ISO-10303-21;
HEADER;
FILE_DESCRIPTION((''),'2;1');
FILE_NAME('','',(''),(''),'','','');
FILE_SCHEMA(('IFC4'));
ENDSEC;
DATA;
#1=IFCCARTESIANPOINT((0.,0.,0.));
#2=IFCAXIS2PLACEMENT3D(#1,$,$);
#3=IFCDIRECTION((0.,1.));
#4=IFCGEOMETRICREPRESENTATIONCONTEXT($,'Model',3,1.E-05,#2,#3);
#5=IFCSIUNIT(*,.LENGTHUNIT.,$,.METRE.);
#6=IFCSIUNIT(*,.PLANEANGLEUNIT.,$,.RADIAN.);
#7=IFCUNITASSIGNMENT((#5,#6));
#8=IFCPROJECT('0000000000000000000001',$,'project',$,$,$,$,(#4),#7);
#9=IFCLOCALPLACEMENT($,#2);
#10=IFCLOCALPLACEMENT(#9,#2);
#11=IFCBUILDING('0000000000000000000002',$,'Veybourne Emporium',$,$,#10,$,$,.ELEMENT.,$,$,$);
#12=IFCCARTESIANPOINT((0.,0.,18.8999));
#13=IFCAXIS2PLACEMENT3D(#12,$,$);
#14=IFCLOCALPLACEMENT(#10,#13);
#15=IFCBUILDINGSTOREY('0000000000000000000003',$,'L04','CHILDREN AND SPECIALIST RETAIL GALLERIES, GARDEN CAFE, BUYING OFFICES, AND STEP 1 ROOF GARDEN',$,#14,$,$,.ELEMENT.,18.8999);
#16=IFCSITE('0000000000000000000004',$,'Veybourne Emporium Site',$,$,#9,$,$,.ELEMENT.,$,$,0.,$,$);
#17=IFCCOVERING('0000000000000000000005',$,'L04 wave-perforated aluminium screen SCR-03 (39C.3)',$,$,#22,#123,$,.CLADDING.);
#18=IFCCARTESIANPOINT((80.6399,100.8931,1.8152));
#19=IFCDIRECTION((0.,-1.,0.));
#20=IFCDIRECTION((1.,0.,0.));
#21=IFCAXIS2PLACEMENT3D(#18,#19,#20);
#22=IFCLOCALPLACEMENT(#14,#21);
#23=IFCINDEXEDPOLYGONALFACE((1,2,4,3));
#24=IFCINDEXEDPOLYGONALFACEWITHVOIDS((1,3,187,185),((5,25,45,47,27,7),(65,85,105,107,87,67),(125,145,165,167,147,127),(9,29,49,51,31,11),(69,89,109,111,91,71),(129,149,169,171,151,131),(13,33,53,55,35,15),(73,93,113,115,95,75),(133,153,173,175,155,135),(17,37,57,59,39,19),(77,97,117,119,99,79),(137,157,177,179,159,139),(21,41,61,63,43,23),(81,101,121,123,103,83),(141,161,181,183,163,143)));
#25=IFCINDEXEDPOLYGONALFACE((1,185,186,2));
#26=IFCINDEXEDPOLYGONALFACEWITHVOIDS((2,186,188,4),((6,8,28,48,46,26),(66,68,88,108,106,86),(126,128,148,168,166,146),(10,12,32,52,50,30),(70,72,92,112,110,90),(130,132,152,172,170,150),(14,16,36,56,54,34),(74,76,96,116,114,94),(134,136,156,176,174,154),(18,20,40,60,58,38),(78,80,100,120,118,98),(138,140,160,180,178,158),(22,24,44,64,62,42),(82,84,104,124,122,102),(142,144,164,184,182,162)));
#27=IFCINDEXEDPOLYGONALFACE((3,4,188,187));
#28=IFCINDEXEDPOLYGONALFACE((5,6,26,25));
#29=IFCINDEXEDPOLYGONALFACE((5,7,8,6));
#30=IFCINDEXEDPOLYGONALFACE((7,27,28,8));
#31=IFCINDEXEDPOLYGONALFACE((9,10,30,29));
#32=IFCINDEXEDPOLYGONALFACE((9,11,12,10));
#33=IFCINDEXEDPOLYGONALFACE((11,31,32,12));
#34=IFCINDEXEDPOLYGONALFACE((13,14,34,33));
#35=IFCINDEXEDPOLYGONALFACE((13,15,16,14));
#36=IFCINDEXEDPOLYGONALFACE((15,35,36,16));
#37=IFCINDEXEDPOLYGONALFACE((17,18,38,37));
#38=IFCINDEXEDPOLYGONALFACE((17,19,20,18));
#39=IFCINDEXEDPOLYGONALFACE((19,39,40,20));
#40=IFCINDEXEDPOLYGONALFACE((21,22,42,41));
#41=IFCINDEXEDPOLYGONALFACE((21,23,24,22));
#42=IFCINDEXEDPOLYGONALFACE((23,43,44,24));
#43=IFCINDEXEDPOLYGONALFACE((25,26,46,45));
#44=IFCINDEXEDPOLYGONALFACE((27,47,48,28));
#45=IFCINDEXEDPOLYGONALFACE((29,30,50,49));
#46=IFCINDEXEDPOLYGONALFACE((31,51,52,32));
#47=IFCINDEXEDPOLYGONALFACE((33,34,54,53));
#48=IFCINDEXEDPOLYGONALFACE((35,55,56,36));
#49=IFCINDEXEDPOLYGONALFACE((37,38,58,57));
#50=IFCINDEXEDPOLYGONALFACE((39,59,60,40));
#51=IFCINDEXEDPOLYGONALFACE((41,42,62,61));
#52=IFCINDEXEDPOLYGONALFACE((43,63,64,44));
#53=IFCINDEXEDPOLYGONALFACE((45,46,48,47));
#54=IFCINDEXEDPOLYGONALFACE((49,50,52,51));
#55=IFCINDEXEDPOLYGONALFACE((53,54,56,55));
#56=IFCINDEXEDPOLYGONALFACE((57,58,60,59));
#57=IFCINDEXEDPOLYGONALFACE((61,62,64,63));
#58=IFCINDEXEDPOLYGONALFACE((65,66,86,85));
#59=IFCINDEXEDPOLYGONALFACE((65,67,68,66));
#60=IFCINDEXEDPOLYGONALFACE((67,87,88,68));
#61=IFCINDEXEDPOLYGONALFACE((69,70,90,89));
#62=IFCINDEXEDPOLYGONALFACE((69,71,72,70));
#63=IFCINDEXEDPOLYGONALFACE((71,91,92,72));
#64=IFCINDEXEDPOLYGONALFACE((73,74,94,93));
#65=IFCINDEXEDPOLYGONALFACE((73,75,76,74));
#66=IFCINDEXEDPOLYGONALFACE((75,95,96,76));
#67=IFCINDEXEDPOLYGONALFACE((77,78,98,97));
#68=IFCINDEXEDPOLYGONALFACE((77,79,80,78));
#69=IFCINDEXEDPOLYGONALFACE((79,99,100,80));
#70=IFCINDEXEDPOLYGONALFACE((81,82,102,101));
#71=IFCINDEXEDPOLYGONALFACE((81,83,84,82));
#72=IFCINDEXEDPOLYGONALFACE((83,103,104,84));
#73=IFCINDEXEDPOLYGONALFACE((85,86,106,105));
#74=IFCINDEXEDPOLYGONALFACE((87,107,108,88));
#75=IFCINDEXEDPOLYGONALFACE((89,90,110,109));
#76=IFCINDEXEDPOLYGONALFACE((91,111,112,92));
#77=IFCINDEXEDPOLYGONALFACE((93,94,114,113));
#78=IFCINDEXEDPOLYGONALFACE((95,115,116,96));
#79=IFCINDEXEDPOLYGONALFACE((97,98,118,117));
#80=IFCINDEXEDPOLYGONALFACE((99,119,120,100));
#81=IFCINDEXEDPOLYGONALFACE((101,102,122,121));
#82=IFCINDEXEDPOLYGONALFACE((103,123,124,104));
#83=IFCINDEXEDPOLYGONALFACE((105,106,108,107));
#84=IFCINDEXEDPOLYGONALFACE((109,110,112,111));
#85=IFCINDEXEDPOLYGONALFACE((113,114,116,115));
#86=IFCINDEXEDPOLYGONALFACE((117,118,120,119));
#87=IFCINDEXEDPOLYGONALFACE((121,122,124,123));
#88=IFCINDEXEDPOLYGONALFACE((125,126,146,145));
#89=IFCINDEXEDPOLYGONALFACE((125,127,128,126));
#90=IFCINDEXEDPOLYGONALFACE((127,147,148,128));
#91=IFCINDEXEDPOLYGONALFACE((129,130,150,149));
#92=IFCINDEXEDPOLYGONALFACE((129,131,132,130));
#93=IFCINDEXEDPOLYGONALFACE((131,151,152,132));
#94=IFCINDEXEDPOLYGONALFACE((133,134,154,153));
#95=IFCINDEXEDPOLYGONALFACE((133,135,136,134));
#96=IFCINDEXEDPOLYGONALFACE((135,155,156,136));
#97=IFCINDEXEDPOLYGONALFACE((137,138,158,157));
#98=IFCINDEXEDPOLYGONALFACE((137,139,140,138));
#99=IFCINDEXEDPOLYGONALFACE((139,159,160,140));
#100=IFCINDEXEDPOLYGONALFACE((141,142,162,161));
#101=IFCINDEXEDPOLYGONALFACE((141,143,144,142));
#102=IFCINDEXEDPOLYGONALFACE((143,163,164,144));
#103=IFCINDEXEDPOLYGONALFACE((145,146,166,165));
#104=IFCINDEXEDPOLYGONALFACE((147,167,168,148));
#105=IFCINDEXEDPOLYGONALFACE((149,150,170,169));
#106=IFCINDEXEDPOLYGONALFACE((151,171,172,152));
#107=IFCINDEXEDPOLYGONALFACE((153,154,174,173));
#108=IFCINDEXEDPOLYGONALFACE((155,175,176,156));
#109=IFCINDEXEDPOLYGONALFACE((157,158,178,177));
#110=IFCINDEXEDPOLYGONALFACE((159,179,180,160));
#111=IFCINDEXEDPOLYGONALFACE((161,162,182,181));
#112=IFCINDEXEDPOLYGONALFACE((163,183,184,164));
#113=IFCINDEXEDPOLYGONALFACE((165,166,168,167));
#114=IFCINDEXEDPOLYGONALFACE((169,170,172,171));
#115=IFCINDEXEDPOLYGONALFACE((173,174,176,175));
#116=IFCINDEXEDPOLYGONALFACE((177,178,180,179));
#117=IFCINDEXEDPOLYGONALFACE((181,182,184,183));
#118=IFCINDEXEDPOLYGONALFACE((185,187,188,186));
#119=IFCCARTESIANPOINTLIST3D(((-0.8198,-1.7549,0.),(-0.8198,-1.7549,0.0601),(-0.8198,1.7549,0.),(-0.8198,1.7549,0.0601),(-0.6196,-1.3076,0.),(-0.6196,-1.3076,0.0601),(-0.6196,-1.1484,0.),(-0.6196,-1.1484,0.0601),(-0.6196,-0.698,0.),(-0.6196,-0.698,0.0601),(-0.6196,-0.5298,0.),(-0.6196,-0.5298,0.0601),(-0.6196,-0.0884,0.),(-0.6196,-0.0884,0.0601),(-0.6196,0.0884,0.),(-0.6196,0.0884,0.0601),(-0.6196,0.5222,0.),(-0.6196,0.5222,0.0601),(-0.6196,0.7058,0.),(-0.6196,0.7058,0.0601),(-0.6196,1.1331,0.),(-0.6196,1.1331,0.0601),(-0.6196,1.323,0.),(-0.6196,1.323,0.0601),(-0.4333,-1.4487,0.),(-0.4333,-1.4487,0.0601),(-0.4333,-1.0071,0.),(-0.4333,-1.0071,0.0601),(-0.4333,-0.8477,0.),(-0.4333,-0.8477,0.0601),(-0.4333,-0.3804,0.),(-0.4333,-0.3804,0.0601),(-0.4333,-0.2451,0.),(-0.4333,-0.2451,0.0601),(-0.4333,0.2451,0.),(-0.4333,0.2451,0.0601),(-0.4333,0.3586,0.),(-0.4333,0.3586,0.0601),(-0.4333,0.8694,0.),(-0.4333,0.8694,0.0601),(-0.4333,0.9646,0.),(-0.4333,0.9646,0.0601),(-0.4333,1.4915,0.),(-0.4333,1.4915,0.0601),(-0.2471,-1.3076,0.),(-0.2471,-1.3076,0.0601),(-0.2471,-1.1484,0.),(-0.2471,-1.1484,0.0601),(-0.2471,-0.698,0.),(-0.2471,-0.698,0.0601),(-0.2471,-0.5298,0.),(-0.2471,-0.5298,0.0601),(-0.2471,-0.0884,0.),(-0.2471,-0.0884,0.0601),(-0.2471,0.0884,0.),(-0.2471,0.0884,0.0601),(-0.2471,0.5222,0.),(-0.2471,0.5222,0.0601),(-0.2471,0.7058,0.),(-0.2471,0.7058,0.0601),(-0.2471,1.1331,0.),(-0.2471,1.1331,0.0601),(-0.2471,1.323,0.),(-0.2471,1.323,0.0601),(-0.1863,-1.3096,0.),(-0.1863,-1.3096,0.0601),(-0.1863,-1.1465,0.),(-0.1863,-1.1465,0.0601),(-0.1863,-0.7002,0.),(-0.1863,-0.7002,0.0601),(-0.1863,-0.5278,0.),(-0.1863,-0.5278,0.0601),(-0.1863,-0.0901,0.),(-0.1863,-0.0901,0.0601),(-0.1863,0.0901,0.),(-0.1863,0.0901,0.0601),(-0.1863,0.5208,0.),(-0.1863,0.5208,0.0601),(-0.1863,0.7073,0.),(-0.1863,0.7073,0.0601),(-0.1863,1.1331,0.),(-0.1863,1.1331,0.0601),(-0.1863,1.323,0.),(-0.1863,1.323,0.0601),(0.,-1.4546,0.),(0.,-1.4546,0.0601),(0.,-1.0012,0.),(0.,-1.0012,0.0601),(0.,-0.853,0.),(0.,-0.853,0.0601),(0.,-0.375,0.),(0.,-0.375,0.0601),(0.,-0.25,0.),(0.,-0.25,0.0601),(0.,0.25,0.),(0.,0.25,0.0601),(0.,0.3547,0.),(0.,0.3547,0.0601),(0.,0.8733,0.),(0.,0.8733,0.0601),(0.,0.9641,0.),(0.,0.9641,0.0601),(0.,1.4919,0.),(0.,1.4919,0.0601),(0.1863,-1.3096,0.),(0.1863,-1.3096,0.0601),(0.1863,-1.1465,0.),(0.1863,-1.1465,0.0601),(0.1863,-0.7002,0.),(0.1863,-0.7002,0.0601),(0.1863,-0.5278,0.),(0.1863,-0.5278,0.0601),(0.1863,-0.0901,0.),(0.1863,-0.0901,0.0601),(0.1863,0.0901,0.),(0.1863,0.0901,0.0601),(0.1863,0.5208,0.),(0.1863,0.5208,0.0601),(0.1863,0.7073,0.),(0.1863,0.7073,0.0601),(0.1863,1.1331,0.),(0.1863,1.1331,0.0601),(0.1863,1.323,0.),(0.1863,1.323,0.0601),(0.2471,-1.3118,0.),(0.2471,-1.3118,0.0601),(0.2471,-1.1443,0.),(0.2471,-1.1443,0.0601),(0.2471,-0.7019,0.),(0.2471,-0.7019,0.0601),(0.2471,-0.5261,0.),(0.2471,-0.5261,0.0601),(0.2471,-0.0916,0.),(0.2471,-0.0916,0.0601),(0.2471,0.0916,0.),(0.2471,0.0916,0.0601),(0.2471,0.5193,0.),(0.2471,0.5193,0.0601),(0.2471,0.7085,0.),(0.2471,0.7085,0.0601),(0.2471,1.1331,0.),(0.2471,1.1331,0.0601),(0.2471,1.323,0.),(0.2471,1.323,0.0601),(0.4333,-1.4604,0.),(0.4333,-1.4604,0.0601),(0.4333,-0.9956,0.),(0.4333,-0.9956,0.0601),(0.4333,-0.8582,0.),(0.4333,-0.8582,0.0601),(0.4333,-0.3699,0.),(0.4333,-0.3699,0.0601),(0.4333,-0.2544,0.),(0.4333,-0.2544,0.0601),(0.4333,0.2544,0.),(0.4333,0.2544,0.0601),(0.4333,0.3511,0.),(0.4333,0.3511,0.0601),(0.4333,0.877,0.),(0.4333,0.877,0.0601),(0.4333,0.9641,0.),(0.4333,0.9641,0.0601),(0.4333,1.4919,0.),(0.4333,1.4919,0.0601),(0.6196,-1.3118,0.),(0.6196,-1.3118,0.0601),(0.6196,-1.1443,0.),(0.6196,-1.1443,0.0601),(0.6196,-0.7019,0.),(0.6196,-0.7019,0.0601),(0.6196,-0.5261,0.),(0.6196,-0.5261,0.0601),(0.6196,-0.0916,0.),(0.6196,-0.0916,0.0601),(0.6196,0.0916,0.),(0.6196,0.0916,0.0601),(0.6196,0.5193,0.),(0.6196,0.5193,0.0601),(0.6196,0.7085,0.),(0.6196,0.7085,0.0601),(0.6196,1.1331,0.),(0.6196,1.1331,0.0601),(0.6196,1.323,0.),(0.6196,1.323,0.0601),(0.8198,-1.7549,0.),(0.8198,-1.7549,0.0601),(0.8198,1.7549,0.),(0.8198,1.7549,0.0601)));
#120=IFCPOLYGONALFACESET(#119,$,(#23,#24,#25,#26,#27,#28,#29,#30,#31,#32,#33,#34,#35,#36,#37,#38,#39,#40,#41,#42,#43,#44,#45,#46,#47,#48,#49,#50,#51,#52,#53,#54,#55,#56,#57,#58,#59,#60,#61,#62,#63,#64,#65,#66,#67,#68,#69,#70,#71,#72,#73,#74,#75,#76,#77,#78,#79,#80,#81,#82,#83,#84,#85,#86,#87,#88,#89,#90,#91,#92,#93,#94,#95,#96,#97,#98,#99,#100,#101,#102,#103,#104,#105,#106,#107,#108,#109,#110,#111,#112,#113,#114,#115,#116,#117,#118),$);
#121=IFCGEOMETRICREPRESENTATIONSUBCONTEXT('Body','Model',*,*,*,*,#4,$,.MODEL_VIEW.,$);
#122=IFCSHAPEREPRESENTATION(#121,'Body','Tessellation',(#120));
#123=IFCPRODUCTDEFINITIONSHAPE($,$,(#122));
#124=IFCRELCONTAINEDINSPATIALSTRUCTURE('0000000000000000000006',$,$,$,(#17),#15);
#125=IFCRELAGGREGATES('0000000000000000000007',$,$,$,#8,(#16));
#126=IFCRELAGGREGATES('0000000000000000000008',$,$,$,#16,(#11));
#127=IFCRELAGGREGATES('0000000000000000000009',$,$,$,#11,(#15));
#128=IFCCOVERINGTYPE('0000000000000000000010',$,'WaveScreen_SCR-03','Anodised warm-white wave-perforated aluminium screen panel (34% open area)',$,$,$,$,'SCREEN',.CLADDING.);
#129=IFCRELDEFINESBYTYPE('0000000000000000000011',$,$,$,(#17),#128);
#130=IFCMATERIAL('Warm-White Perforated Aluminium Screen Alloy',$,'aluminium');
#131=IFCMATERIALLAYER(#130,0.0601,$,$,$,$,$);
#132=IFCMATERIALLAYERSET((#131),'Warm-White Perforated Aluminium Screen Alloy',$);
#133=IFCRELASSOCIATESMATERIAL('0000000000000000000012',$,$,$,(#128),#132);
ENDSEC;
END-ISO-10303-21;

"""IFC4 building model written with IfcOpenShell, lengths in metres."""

from ifc_helpers import new_model, si_unit, direction, frame, origin, place, context, subcontext, project, spatial, polyline, outline, extrude, material, layer, layer_set, type_object, element, save


model = new_model("IFC4")

# Units and contexts
model_context = context("Model", 3, precision=1e-05, world=origin(), true_north=direction((0.0, 1.0)))
body_context = subcontext(model_context, "Body", "Model", "MODEL_VIEW")
ifc_project = project(units=[si_unit("LENGTHUNIT", "METRE"), si_unit("PLANEANGLEUNIT", "RADIAN")], contexts=[model_context])

# Site, building, storey
site_placement = place(None, origin())
site = spatial("IfcSite", under=ifc_project, at=site_placement, Name="Veybourne Emporium Site", CompositionType="ELEMENT", RefElevation=0.0)
building_placement = place(site_placement, origin())
building = spatial("IfcBuilding", under=site, at=building_placement, Name="Veybourne Emporium", CompositionType="ELEMENT")
storey_placement = place(building_placement, frame((0.0, 0.0, 18.8999)))
storey = spatial("IfcBuildingStorey", under=building, at=storey_placement, Name="L04", Description="CHILDREN AND SPECIALIST RETAIL GALLERIES, GARDEN CAFE, BUYING OFFICES, AND STEP 1 ROOF GARDEN", CompositionType="ELEMENT", Elevation=18.8999)

# Covering
ifc_material_1 = material(Name="Warm-White Perforated Aluminium Screen Alloy", Category="aluminium")
ifc_layer_1 = layer(ifc_material_1, 0.0601)
ifc_layer_set_1 = layer_set([ifc_layer_1], Name="Warm-White Perforated Aluminium Screen Alloy")
covering_type_1 = type_object("IfcCoveringType", Name="WaveScreen_SCR-03", Description="Anodised warm-white wave-perforated aluminium screen panel (34% open area)", ElementType="SCREEN", PredefinedType="CLADDING", material=ifc_layer_set_1)
covering_1_placement = place(storey_placement, frame((80.6399, 100.8931, 1.8152), z_axis=(0.0, -1.0, 0.0), x_axis=(1.0, 0.0, 0.0)))
element("IfcCovering", 1, at=covering_1_placement, inside=storey, type_object=covering_type_1, Name="L04 wave-perforated aluminium screen SCR-03 (39C.3)", PredefinedType="CLADDING", context=body_context, shape_type="SweptSolid", body=[
    extrude(outline(polyline([(-0.8198, -1.7549), (0.8198, -1.7549), (0.8198, 1.7549), (-0.8198, 1.7549), (-0.8198, -1.7549)]), holes=[polyline([(-0.4333, -1.0071), (-0.2471, -1.1484), (-0.2471, -1.3076), (-0.4333, -1.4487), (-0.6196, -1.3076), (-0.6196, -1.1484), (-0.4333, -1.0071)]), polyline([(-0.4333, -0.3804), (-0.2471, -0.5298), (-0.2471, -0.698), (-0.4333, -0.8477), (-0.6196, -0.698), (-0.6196, -0.5298), (-0.4333, -0.3804)]), polyline([(-0.4333, 0.2451), (-0.2471, 0.0884), (-0.2471, -0.0884), (-0.4333, -0.2451), (-0.6196, -0.0884), (-0.6196, 0.0884), (-0.4333, 0.2451)]), polyline([(-0.4333, 0.8694), (-0.2471, 0.7058), (-0.2471, 0.5222), (-0.4333, 0.3586), (-0.6196, 0.5222), (-0.6196, 0.7058), (-0.4333, 0.8694)]), polyline([(-0.4333, 1.4915), (-0.2471, 1.323), (-0.2471, 1.1331), (-0.4333, 0.9646), (-0.6196, 1.1331), (-0.6196, 1.323), (-0.4333, 1.4915)]), polyline([(0.0, -1.0012), (0.1863, -1.1465), (0.1863, -1.3096), (0.0, -1.4546), (-0.1863, -1.3096), (-0.1863, -1.1465), (0.0, -1.0012)]), polyline([(0.0, -0.375), (0.1863, -0.5278), (0.1863, -0.7002), (0.0, -0.853), (-0.1863, -0.7002), (-0.1863, -0.5278), (0.0, -0.375)]), polyline([(0.0, 0.25), (0.1863, 0.0901), (0.1863, -0.0901), (0.0, -0.25), (-0.1863, -0.0901), (-0.1863, 0.0901), (0.0, 0.25)]), polyline([(0.0, 0.8733), (0.1863, 0.7073), (0.1863, 0.5208), (0.0, 0.3547), (-0.1863, 0.5208), (-0.1863, 0.7073), (0.0, 0.8733)]), polyline([(0.0, 1.4919), (0.1863, 1.323), (0.1863, 1.1331), (0.0, 0.9641), (-0.1863, 1.1331), (-0.1863, 1.323), (0.0, 1.4919)]), polyline([(0.4333, -0.9956), (0.6196, -1.1443), (0.6196, -1.3118), (0.4333, -1.4604), (0.2471, -1.3118), (0.2471, -1.1443), (0.4333, -0.9956)]), polyline([(0.4333, -0.3699), (0.6196, -0.5261), (0.6196, -0.7019), (0.4333, -0.8582), (0.2471, -0.7019), (0.2471, -0.5261), (0.4333, -0.3699)]), polyline([(0.4333, 0.2544), (0.6196, 0.0916), (0.6196, -0.0916), (0.4333, -0.2544), (0.2471, -0.0916), (0.2471, 0.0916), (0.4333, 0.2544)]), polyline([(0.4333, 0.877), (0.6196, 0.7085), (0.6196, 0.5193), (0.4333, 0.3511), (0.2471, 0.5193), (0.2471, 0.7085), (0.4333, 0.877)]), polyline([(0.4333, 1.4919), (0.6196, 1.323), (0.6196, 1.1331), (0.4333, 0.9641), (0.2471, 1.1331), (0.2471, 1.323), (0.4333, 1.4919)])]), origin(), (0.0, 0.0, 1.0), 0.0601),
])

save(model, "model.ifc")
